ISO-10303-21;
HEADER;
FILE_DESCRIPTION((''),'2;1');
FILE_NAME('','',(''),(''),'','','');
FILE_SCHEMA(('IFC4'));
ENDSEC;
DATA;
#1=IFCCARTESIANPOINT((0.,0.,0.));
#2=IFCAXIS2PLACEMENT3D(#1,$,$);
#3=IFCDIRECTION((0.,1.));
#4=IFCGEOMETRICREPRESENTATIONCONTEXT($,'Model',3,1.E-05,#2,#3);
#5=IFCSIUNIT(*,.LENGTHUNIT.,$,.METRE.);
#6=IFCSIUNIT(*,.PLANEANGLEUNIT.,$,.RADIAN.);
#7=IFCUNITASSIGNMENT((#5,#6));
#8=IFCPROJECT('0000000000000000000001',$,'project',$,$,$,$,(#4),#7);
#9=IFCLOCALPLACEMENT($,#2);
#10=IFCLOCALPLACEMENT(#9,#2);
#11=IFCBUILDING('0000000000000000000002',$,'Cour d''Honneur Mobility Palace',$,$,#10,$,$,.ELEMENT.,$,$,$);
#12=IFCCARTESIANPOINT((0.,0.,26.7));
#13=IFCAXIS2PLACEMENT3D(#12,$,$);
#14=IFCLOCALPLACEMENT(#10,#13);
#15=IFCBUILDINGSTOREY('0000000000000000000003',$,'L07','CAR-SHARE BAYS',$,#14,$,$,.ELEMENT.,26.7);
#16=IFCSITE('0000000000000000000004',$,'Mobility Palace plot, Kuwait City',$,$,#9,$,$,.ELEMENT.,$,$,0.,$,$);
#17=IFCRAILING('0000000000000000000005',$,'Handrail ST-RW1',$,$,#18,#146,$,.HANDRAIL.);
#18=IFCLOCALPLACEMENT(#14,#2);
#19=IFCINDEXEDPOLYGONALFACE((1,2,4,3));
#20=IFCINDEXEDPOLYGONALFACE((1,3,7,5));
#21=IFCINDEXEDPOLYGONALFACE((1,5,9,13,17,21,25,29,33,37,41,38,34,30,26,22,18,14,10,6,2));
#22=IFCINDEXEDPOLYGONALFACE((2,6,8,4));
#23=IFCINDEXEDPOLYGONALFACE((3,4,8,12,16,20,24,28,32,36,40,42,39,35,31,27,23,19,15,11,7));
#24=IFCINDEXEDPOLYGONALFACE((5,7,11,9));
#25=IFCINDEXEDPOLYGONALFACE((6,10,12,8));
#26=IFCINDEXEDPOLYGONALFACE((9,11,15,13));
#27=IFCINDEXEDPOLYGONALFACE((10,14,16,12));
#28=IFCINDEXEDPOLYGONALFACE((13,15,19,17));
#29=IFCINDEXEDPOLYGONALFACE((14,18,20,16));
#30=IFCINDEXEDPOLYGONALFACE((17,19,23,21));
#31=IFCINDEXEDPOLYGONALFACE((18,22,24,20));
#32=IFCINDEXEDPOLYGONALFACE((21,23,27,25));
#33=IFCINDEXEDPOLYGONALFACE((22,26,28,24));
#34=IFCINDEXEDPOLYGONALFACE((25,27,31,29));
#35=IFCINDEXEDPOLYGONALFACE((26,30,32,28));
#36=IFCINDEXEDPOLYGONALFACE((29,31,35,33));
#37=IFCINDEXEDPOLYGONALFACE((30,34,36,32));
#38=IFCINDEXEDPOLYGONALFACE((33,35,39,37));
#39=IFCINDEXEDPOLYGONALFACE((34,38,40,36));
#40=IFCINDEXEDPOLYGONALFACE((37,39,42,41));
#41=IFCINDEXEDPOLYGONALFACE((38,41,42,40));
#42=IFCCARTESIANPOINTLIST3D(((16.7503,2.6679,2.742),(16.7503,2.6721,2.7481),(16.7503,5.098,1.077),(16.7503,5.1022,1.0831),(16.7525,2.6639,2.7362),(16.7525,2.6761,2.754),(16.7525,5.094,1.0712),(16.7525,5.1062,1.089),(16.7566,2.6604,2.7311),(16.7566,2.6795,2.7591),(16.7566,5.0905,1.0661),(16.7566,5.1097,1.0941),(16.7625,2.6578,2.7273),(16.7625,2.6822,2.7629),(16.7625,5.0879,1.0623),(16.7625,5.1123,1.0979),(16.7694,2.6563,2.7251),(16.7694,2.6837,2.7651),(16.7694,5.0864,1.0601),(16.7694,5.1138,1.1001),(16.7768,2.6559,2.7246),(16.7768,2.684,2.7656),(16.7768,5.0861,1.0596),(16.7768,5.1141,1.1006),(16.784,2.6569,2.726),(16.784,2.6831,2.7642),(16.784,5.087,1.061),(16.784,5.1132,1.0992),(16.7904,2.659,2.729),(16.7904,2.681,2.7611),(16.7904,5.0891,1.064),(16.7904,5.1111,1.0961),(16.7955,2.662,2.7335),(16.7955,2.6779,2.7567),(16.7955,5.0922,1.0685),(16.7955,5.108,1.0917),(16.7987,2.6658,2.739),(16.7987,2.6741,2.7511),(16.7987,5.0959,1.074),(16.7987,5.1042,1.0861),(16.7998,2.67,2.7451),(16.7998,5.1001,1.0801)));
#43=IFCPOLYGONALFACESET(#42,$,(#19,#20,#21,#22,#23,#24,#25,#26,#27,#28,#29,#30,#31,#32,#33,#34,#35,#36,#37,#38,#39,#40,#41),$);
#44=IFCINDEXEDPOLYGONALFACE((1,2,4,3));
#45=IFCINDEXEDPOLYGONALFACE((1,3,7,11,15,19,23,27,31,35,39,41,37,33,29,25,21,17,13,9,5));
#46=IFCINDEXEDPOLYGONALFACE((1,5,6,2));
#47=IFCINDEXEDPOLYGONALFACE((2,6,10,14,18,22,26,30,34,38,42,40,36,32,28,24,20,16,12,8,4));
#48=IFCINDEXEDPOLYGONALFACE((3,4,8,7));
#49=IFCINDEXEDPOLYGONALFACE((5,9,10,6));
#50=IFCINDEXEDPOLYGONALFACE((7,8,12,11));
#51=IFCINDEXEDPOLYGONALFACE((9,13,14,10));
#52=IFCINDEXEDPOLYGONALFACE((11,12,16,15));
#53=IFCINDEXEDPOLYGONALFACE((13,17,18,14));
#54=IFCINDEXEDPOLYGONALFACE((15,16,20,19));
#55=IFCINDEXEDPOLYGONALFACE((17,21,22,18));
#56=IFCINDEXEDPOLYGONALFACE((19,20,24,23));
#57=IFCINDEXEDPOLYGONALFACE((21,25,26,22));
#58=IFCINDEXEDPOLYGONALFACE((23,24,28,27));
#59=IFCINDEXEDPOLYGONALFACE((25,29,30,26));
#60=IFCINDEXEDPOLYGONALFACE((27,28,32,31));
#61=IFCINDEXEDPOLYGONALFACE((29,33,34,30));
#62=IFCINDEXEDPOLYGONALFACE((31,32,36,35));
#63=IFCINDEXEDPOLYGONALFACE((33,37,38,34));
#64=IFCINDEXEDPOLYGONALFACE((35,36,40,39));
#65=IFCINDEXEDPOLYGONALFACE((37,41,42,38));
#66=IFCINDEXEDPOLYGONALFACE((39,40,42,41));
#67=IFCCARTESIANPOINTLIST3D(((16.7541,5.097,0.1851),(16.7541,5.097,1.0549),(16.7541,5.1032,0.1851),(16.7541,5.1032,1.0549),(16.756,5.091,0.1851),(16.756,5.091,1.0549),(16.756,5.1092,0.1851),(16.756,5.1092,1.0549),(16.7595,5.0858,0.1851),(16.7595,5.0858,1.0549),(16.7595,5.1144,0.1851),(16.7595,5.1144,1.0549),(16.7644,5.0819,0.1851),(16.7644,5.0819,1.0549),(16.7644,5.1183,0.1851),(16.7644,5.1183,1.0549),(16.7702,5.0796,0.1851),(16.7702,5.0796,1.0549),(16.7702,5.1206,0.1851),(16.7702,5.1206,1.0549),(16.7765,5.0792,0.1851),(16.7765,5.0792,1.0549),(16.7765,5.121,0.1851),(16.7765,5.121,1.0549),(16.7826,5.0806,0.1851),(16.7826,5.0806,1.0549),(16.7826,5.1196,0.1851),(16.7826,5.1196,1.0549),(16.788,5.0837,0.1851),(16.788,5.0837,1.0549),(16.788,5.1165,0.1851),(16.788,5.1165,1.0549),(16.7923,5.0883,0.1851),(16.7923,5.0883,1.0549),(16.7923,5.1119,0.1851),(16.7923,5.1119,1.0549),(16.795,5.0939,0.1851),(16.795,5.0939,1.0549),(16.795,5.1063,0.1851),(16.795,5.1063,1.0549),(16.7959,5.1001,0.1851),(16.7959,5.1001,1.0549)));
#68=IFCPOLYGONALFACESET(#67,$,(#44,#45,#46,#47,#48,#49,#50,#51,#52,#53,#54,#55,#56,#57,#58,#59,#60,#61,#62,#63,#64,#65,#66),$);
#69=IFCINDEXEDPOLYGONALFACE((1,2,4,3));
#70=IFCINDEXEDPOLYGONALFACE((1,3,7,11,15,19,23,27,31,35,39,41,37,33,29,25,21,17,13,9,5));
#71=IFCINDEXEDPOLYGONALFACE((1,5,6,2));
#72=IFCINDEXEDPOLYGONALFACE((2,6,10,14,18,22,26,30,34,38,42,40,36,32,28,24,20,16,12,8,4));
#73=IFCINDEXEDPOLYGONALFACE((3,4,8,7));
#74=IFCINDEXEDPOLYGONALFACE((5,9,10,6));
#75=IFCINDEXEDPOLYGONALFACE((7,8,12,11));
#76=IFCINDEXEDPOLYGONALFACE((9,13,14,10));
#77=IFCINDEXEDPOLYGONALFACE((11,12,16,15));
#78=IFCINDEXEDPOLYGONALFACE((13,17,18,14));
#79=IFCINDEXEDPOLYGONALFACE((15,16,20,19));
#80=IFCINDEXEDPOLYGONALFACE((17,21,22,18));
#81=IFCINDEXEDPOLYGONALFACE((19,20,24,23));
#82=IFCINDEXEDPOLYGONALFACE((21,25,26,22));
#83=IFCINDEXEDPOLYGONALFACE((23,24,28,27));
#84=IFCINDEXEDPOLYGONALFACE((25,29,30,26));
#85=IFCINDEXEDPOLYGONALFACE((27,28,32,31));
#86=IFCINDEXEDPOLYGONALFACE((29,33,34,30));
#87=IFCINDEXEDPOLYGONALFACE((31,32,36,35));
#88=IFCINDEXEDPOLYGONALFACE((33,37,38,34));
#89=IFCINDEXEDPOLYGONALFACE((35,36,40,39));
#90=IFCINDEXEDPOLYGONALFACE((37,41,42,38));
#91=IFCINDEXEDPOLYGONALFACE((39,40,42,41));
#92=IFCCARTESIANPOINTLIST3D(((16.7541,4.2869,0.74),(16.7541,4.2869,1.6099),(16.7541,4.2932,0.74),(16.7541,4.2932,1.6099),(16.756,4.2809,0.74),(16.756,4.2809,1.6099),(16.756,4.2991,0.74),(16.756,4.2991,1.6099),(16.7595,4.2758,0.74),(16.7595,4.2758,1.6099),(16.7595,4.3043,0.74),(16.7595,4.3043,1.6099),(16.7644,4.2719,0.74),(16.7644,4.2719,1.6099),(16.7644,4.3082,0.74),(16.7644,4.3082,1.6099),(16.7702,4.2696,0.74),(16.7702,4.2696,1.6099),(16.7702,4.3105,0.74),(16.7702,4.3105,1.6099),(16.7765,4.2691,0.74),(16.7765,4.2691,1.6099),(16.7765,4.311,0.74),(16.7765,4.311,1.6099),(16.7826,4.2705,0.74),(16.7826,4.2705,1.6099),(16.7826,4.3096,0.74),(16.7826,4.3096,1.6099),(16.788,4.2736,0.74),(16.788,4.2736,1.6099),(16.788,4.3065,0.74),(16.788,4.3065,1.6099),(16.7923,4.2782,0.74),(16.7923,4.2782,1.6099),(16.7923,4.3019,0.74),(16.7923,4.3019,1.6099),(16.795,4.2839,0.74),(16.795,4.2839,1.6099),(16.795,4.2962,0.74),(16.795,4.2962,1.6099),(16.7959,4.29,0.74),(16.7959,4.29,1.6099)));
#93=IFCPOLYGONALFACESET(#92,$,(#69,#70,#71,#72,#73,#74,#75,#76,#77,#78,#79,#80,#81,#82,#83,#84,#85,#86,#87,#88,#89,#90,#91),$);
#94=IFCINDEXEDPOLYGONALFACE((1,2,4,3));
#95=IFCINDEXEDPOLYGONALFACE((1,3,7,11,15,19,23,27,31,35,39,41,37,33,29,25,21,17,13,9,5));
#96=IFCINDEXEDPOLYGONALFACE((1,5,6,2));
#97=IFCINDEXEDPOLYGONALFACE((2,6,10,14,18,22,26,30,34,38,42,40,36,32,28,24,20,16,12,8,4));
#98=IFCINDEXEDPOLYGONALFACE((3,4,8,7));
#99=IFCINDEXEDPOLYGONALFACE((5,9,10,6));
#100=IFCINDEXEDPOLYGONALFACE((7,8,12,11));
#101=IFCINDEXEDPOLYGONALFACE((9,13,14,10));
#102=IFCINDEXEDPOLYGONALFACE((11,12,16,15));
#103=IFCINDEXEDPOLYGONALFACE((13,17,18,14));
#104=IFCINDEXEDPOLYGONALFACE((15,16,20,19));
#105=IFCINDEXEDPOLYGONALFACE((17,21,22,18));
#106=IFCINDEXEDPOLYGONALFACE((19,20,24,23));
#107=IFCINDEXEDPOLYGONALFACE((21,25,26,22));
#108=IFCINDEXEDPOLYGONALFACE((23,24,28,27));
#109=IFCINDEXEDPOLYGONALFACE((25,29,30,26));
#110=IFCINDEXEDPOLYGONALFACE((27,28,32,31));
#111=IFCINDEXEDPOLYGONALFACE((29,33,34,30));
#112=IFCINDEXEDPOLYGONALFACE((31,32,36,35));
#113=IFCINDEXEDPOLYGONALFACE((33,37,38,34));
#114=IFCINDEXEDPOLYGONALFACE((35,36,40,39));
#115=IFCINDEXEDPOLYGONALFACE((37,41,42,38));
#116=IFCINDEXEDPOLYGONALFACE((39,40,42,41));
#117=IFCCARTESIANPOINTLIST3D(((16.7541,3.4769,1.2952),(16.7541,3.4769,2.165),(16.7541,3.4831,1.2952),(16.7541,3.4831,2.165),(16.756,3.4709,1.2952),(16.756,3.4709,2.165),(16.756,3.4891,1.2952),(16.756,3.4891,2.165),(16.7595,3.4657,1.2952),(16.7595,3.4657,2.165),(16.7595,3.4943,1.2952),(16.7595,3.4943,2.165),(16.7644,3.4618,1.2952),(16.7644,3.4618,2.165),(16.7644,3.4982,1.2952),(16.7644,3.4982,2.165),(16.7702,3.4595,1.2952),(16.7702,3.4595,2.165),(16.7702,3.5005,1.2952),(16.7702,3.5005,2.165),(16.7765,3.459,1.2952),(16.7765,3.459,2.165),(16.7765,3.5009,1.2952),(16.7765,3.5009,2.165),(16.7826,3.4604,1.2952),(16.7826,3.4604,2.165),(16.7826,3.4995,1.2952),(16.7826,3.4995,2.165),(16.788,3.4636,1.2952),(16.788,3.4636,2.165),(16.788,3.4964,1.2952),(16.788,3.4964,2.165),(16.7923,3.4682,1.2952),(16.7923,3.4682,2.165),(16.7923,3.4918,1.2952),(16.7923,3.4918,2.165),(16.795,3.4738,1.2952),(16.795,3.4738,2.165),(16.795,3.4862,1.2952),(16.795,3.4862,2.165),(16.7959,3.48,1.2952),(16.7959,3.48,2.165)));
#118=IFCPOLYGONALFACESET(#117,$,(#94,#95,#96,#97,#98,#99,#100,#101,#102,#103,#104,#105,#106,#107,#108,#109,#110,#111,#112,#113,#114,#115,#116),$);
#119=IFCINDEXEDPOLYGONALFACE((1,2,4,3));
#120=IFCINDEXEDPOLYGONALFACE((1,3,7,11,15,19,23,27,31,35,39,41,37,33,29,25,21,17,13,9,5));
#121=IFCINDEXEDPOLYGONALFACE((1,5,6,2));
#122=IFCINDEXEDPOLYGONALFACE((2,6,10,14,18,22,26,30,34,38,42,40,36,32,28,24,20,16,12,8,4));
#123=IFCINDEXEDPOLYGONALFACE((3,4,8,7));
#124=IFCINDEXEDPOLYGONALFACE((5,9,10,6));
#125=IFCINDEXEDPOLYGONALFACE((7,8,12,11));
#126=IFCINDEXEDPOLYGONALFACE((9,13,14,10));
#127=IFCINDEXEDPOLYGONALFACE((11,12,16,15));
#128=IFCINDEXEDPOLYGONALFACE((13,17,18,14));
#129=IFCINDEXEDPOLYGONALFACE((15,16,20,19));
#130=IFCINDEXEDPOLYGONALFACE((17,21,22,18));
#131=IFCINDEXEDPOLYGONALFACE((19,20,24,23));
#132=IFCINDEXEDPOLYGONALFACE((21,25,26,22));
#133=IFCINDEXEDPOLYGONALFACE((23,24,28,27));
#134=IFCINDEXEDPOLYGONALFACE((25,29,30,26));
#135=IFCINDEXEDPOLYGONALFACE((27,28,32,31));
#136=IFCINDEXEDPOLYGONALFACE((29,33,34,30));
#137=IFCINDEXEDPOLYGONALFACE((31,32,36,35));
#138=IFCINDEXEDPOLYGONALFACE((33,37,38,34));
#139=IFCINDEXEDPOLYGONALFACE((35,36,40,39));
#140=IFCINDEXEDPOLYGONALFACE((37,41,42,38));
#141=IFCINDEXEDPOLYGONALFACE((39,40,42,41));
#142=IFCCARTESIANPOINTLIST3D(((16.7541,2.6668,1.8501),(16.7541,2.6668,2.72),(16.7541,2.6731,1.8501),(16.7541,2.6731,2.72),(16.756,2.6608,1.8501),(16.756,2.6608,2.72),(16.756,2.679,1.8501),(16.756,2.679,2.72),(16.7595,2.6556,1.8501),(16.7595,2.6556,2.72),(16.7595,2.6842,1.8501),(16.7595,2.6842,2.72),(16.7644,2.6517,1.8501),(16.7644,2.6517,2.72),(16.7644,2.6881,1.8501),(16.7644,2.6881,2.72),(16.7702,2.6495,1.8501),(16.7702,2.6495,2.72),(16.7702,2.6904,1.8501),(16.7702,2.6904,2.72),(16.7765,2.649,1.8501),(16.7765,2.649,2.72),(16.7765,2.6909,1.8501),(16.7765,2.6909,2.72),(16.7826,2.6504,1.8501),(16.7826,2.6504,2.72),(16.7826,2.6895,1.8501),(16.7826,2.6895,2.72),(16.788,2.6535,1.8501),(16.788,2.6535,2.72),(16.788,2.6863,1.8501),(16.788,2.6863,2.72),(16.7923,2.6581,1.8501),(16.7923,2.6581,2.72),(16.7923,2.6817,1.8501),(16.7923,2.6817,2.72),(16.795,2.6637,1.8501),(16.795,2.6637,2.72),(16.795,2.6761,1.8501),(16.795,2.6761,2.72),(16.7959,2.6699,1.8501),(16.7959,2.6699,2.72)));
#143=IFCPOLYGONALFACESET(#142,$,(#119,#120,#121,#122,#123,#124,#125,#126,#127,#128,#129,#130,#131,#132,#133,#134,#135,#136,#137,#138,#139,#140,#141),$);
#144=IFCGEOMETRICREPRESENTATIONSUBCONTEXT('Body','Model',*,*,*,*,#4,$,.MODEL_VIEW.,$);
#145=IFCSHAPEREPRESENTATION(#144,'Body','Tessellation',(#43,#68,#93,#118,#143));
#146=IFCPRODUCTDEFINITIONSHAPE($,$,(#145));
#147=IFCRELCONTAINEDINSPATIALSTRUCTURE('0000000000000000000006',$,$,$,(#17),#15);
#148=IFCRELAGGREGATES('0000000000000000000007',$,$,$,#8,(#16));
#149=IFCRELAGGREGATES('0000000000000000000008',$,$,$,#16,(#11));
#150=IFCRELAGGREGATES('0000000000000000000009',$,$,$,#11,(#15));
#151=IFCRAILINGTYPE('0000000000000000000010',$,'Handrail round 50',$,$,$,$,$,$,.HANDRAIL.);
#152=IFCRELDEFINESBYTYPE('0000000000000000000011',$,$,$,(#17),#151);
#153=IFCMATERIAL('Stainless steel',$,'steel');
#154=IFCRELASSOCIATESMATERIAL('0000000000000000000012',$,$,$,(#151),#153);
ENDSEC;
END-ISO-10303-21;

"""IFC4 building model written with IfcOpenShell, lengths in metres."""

from ifc_helpers import new_model, si_unit, direction, frame, origin, origin_2d, place, context, subcontext, project, spatial, circle, extrude, material, type_object, element, save


model = new_model("IFC4")

# Units and contexts
model_context = context("Model", 3, precision=1e-05, world=origin(), true_north=direction((0.0, 1.0)))
body_context = subcontext(model_context, "Body", "Model", "MODEL_VIEW")
ifc_project = project(units=[si_unit("LENGTHUNIT", "METRE"), si_unit("PLANEANGLEUNIT", "RADIAN")], contexts=[model_context])

# Site, building, storey
site_placement = place(None, origin())
site = spatial("IfcSite", under=ifc_project, at=site_placement, Name="Mobility Palace plot, Kuwait City", CompositionType="ELEMENT", RefElevation=0.0)
building_placement = place(site_placement, origin())
building = spatial("IfcBuilding", under=site, at=building_placement, Name="Cour d'Honneur Mobility Palace", CompositionType="ELEMENT")
storey_placement = place(building_placement, frame((0.0, 0.0, 26.7)))
storey = spatial("IfcBuildingStorey", under=building, at=storey_placement, Name="L07", Description="CAR-SHARE BAYS", CompositionType="ELEMENT", Elevation=26.7)

# Railing
ifc_material_1 = material(Name="Stainless steel", Category="steel")
railing_type_1 = type_object("IfcRailingType", Name="Handrail round 50", PredefinedType="HANDRAIL", material=ifc_material_1)
for number, where, name in (
    (1, (16.7749, 5.1001, 0.1851), "Handrail ST-RW1"),
):
    element("IfcRailing", number, at=place(storey_placement, frame(where)), inside=storey, type_object=railing_type_1, Name=name, PredefinedType="HANDRAIL", context=body_context, shape_type="SweptSolid", body=[
        extrude(circle(Radius=0.0249, at=origin_2d()), frame((0.0, 0.0, 0.895), z_axis=(0.0, -0.824945, 0.565213), x_axis=(1.0, 0.0, 0.0)), (0.0, 0.0, 1.0), 2.9458),
        extrude(circle(Radius=0.021, at=origin_2d()), origin(), (0.0, 0.0, 1.0), 0.8699),
        extrude(circle(Radius=0.021, at=origin_2d()), frame((0.0, -0.8101, 0.5549)), (0.0, 0.0, 1.0), 0.8699),
        extrude(circle(Radius=0.021, at=origin_2d()), frame((0.0, -1.6201, 1.1101)), (0.0, 0.0, 1.0), 0.8699),
        extrude(circle(Radius=0.021, at=origin_2d()), frame((0.0, -2.4302, 1.665)), (0.0, 0.0, 1.0), 0.8699),
    ])

save(model, "model.ifc")
